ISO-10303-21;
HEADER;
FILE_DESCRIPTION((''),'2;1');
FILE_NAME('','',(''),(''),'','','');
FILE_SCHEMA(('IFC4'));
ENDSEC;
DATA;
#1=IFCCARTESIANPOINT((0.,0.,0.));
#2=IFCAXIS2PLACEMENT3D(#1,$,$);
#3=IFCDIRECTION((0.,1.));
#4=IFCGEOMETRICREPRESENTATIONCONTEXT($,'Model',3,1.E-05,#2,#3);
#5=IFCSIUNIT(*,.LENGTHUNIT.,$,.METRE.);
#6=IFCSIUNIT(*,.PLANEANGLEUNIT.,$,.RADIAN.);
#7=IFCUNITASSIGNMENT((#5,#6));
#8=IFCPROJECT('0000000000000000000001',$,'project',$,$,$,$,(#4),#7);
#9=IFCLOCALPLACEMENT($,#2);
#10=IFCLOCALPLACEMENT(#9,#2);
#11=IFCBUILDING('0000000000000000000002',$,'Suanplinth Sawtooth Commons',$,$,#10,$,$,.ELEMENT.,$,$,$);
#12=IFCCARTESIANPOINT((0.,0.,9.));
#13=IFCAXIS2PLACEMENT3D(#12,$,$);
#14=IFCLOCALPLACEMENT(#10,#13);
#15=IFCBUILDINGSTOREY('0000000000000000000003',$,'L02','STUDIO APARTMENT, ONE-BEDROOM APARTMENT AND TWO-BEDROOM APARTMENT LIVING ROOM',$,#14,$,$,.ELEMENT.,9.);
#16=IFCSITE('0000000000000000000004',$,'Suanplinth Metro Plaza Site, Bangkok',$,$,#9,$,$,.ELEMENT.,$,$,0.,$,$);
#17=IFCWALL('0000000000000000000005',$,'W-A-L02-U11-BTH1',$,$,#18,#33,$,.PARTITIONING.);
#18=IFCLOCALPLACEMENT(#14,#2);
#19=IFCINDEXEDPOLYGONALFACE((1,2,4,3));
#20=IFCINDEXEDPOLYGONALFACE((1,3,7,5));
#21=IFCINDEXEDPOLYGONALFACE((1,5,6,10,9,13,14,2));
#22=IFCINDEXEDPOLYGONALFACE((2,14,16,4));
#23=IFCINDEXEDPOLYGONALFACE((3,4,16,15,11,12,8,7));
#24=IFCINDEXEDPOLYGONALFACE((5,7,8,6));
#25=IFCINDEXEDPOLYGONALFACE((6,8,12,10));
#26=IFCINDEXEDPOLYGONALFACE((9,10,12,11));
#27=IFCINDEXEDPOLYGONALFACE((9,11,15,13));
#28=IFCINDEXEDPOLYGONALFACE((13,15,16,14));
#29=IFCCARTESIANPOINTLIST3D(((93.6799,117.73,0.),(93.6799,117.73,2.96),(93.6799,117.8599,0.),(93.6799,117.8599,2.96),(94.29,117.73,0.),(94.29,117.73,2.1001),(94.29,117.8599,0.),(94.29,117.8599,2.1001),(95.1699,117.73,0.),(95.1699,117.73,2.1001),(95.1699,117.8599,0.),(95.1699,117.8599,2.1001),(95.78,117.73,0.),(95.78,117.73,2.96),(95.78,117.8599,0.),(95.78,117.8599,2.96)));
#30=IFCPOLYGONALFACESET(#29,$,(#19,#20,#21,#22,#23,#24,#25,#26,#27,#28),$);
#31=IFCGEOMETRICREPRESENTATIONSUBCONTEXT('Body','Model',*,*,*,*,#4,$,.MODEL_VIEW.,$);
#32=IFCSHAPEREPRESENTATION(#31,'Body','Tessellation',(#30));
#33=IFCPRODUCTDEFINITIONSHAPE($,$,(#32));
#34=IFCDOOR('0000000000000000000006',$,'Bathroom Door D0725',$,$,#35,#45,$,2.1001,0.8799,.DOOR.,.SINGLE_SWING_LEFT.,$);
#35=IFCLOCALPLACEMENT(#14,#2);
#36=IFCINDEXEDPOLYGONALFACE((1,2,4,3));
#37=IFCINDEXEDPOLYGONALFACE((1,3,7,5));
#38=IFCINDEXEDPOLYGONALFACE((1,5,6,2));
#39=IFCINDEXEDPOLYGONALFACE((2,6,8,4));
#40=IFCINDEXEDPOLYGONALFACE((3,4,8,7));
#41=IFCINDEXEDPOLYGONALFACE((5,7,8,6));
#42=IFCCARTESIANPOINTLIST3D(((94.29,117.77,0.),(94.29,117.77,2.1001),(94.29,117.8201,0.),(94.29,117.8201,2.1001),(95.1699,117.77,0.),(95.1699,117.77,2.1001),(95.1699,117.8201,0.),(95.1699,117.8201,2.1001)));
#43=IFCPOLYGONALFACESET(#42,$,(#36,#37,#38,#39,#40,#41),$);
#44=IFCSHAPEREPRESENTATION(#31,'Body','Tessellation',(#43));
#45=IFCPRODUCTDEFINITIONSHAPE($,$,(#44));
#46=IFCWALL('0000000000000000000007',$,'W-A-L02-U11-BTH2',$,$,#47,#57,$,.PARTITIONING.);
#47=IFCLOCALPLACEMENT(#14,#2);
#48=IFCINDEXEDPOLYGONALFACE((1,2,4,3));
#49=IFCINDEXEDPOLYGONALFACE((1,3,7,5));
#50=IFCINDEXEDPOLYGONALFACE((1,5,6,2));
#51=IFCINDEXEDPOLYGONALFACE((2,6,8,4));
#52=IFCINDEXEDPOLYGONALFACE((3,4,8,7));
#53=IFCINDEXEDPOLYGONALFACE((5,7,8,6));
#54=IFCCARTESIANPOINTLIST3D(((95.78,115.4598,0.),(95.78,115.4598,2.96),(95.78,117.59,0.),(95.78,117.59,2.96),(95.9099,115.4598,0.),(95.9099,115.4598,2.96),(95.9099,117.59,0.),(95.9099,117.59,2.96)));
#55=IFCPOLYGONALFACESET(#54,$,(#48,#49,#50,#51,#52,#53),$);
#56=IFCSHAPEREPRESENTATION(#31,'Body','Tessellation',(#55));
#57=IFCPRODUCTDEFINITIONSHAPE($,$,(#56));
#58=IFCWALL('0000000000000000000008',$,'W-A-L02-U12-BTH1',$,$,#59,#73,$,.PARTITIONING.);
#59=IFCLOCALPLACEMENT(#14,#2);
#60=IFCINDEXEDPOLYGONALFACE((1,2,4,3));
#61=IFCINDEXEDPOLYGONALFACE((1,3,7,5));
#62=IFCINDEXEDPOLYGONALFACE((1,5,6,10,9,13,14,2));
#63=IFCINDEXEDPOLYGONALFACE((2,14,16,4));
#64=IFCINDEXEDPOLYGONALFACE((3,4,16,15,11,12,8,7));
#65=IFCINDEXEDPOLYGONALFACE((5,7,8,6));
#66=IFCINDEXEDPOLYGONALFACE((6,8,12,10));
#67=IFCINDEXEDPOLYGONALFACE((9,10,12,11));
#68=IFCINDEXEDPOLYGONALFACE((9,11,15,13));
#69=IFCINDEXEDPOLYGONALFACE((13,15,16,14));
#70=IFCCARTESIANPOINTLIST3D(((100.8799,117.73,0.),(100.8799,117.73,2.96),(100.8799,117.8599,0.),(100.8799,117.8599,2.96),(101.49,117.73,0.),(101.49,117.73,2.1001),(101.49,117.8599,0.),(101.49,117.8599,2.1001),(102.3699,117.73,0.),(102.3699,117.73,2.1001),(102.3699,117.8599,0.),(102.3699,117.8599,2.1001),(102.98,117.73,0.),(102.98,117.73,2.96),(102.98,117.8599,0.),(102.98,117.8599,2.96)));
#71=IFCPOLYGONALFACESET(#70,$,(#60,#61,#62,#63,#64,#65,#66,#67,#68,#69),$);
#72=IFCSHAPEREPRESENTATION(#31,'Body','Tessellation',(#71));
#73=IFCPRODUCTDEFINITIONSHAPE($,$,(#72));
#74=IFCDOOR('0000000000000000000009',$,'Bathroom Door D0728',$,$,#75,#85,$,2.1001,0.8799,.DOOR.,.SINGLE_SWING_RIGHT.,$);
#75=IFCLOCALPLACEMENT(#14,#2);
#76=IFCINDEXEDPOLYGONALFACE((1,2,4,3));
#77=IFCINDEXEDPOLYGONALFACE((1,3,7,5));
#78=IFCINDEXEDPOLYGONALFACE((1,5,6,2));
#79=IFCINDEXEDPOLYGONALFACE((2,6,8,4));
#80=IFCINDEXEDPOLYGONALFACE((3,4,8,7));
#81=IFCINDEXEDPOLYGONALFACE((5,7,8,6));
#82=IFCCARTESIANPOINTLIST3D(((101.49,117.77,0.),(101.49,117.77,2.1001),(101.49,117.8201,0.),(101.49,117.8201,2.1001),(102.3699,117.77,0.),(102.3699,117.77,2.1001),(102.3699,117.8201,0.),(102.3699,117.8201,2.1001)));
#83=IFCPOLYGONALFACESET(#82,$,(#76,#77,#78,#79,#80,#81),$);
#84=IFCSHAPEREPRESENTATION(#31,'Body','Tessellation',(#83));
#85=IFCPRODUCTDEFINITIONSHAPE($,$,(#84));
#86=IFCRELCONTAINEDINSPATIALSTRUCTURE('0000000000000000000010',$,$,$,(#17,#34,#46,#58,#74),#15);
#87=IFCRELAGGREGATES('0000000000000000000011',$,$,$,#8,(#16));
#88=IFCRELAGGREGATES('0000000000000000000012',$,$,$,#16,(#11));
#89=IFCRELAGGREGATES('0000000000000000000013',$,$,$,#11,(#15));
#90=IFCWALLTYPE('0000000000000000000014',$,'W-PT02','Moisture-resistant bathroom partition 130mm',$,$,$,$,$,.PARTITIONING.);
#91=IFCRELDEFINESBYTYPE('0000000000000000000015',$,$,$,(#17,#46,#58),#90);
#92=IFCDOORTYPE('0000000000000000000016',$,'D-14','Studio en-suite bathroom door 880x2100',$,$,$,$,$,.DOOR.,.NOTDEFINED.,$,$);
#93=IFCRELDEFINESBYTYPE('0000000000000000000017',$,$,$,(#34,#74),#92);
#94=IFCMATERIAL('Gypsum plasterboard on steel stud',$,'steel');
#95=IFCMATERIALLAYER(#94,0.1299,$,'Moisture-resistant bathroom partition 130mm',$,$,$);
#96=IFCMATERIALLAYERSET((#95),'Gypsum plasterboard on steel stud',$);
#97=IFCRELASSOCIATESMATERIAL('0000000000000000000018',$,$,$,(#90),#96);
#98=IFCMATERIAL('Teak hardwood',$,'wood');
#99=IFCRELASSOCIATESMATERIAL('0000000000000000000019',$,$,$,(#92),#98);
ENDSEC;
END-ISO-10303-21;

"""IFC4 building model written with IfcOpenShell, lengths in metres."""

from ifc_helpers import new_model, si_unit, direction, frame, frame_2d, origin, place, context, subcontext, project, spatial, rectangle, extrude, material, layer, layer_set, type_object, element, fill, save


model = new_model("IFC4")

# Units and contexts
model_context = context("Model", 3, precision=1e-05, world=origin(), true_north=direction((0.0, 1.0)))
body_context = subcontext(model_context, "Body", "Model", "MODEL_VIEW")
ifc_project = project(units=[si_unit("LENGTHUNIT", "METRE"), si_unit("PLANEANGLEUNIT", "RADIAN")], contexts=[model_context])

# Site, building, storey
site_placement = place(None, origin())
site = spatial("IfcSite", under=ifc_project, at=site_placement, Name="Suanplinth Metro Plaza Site, Bangkok", CompositionType="ELEMENT", RefElevation=0.0)
building_placement = place(site_placement, origin())
building = spatial("IfcBuilding", under=site, at=building_placement, Name="Suanplinth Sawtooth Commons", CompositionType="ELEMENT")
storey_placement = place(building_placement, frame((0.0, 0.0, 9.0)))
storey = spatial("IfcBuildingStorey", under=building, at=storey_placement, Name="L02", Description="STUDIO APARTMENT, ONE-BEDROOM APARTMENT AND TWO-BEDROOM APARTMENT LIVING ROOM", CompositionType="ELEMENT", Elevation=9.0)

# Shared definitions
ifc_material_1 = material(Name="Gypsum plasterboard on steel stud", Category="steel")
ifc_material_2 = material(Name="Teak hardwood", Category="wood")

# Wall, opening, door
ifc_layer_1 = layer(ifc_material_1, 0.1299, Name="Moisture-resistant bathroom partition 130mm")
ifc_layer_set_1 = layer_set([ifc_layer_1], Name="Gypsum plasterboard on steel stud")
wall_type_1 = type_object("IfcWallType", Name="W-PT02", Description="Moisture-resistant bathroom partition 130mm", PredefinedType="PARTITIONING", material=ifc_layer_set_1)
wall_1_placement = place(storey_placement, frame((93.6799, 117.7949, 0.0), z_axis=(0.0, 0.0, 1.0), x_axis=(1.0, 0.0, 0.0)))
wall_1 = element("IfcWall", 1, at=wall_1_placement, inside=storey, type_object=wall_type_1, Name="W-A-L02-U11-BTH1", PredefinedType="PARTITIONING", context=body_context, shape_type="SweptSolid", body=[
    extrude(rectangle(XDim=2.1001, YDim=0.1299, at=frame_2d((1.05, 0.0))), origin(), (0.0, 0.0, 1.0), 2.96),
])
opening_1_placement = place(wall_1_placement, frame((0.6101, 0.0, 0.0)))
opening_1 = element("IfcOpeningElement", 2, at=opening_1_placement, cuts=wall_1, PredefinedType="OPENING", context=body_context, shape_type="SweptSolid", body=[
    extrude(rectangle(XDim=0.8799, YDim=2.1001, at=frame_2d((0.4399, 1.05))), frame((0.0, 0.0798, 0.0), z_axis=(0.0, -1.0, 0.0), x_axis=(1.0, 0.0, 0.0)), (0.0, 0.0, 1.0), 0.1597),
])
door_type_1 = type_object("IfcDoorType", Name="D-14", Description="Studio en-suite bathroom door 880x2100", OperationType="NOTDEFINED", PredefinedType="DOOR", material=ifc_material_2)
door_1_placement = place(opening_1_placement, frame((0.8799, 0.0, 0.0), z_axis=(0.0, 0.0, 1.0), x_axis=(-1.0, 0.0, 0.0)))
door_1 = element("IfcDoor", 3, at=door_1_placement, inside=storey, type_object=door_type_1, Name="Bathroom Door D0725", OperationType="SINGLE_SWING_LEFT", OverallHeight=2.1001, OverallWidth=0.8799, PredefinedType="DOOR", context=body_context, shape_type="SweptSolid", body=[
    extrude(rectangle(XDim=0.8799, YDim=2.1001, at=frame_2d((0.4399, 1.05))), frame((0.0, 0.0249, 0.0), z_axis=(0.0, -1.0, 0.0), x_axis=(1.0, 0.0, 0.0)), (0.0, 0.0, 1.0), 0.05),
])
fill(opening_1, door_1)

# Wall
wall_2_placement = place(storey_placement, frame((95.845, 115.46, 0.0), z_axis=(0.0, 0.0, 1.0), x_axis=(0.0, 1.0, 0.0)))
element("IfcWall", 4, at=wall_2_placement, inside=storey, type_object=wall_type_1, Name="W-A-L02-U11-BTH2", PredefinedType="PARTITIONING", context=body_context, shape_type="SweptSolid", body=[
    extrude(rectangle(XDim=2.1301, YDim=0.1299, at=frame_2d((1.0649, 0.0))), origin(), (0.0, 0.0, 1.0), 2.96),
])

# Wall, opening, door
wall_3_placement = place(storey_placement, frame((100.8799, 117.7949, 0.0), z_axis=(0.0, 0.0, 1.0), x_axis=(1.0, 0.0, 0.0)))
wall_3 = element("IfcWall", 5, at=wall_3_placement, inside=storey, type_object=wall_type_1, Name="W-A-L02-U12-BTH1", PredefinedType="PARTITIONING", context=body_context, shape_type="SweptSolid", body=[
    extrude(rectangle(XDim=2.1001, YDim=0.1299, at=frame_2d((1.05, 0.0))), origin(), (0.0, 0.0, 1.0), 2.96),
])
opening_2_placement = place(wall_3_placement, frame((0.6101, 0.0, 0.0)))
opening_2 = element("IfcOpeningElement", 6, at=opening_2_placement, cuts=wall_3, PredefinedType="OPENING", context=body_context, shape_type="SweptSolid", body=[
    extrude(rectangle(XDim=0.8799, YDim=2.1001, at=frame_2d((0.4399, 1.05))), frame((0.0, 0.0798, 0.0), z_axis=(0.0, -1.0, 0.0), x_axis=(1.0, 0.0, 0.0)), (0.0, 0.0, 1.0), 0.1597),
])
door_2_placement = place(opening_2_placement, frame((0.8799, 0.0, 0.0), z_axis=(0.0, 0.0, 1.0), x_axis=(-1.0, 0.0, 0.0)))
door_2 = element("IfcDoor", 7, at=door_2_placement, inside=storey, type_object=door_type_1, Name="Bathroom Door D0728", OperationType="SINGLE_SWING_RIGHT", OverallHeight=2.1001, OverallWidth=0.8799, PredefinedType="DOOR", context=body_context, shape_type="SweptSolid", body=[
    extrude(rectangle(XDim=0.8799, YDim=2.1001, at=frame_2d((0.4399, 1.05))), frame((0.0, 0.0249, 0.0), z_axis=(0.0, -1.0, 0.0), x_axis=(1.0, 0.0, 0.0)), (0.0, 0.0, 1.0), 0.05),
])
fill(opening_2, door_2)

save(model, "model.ifc")
